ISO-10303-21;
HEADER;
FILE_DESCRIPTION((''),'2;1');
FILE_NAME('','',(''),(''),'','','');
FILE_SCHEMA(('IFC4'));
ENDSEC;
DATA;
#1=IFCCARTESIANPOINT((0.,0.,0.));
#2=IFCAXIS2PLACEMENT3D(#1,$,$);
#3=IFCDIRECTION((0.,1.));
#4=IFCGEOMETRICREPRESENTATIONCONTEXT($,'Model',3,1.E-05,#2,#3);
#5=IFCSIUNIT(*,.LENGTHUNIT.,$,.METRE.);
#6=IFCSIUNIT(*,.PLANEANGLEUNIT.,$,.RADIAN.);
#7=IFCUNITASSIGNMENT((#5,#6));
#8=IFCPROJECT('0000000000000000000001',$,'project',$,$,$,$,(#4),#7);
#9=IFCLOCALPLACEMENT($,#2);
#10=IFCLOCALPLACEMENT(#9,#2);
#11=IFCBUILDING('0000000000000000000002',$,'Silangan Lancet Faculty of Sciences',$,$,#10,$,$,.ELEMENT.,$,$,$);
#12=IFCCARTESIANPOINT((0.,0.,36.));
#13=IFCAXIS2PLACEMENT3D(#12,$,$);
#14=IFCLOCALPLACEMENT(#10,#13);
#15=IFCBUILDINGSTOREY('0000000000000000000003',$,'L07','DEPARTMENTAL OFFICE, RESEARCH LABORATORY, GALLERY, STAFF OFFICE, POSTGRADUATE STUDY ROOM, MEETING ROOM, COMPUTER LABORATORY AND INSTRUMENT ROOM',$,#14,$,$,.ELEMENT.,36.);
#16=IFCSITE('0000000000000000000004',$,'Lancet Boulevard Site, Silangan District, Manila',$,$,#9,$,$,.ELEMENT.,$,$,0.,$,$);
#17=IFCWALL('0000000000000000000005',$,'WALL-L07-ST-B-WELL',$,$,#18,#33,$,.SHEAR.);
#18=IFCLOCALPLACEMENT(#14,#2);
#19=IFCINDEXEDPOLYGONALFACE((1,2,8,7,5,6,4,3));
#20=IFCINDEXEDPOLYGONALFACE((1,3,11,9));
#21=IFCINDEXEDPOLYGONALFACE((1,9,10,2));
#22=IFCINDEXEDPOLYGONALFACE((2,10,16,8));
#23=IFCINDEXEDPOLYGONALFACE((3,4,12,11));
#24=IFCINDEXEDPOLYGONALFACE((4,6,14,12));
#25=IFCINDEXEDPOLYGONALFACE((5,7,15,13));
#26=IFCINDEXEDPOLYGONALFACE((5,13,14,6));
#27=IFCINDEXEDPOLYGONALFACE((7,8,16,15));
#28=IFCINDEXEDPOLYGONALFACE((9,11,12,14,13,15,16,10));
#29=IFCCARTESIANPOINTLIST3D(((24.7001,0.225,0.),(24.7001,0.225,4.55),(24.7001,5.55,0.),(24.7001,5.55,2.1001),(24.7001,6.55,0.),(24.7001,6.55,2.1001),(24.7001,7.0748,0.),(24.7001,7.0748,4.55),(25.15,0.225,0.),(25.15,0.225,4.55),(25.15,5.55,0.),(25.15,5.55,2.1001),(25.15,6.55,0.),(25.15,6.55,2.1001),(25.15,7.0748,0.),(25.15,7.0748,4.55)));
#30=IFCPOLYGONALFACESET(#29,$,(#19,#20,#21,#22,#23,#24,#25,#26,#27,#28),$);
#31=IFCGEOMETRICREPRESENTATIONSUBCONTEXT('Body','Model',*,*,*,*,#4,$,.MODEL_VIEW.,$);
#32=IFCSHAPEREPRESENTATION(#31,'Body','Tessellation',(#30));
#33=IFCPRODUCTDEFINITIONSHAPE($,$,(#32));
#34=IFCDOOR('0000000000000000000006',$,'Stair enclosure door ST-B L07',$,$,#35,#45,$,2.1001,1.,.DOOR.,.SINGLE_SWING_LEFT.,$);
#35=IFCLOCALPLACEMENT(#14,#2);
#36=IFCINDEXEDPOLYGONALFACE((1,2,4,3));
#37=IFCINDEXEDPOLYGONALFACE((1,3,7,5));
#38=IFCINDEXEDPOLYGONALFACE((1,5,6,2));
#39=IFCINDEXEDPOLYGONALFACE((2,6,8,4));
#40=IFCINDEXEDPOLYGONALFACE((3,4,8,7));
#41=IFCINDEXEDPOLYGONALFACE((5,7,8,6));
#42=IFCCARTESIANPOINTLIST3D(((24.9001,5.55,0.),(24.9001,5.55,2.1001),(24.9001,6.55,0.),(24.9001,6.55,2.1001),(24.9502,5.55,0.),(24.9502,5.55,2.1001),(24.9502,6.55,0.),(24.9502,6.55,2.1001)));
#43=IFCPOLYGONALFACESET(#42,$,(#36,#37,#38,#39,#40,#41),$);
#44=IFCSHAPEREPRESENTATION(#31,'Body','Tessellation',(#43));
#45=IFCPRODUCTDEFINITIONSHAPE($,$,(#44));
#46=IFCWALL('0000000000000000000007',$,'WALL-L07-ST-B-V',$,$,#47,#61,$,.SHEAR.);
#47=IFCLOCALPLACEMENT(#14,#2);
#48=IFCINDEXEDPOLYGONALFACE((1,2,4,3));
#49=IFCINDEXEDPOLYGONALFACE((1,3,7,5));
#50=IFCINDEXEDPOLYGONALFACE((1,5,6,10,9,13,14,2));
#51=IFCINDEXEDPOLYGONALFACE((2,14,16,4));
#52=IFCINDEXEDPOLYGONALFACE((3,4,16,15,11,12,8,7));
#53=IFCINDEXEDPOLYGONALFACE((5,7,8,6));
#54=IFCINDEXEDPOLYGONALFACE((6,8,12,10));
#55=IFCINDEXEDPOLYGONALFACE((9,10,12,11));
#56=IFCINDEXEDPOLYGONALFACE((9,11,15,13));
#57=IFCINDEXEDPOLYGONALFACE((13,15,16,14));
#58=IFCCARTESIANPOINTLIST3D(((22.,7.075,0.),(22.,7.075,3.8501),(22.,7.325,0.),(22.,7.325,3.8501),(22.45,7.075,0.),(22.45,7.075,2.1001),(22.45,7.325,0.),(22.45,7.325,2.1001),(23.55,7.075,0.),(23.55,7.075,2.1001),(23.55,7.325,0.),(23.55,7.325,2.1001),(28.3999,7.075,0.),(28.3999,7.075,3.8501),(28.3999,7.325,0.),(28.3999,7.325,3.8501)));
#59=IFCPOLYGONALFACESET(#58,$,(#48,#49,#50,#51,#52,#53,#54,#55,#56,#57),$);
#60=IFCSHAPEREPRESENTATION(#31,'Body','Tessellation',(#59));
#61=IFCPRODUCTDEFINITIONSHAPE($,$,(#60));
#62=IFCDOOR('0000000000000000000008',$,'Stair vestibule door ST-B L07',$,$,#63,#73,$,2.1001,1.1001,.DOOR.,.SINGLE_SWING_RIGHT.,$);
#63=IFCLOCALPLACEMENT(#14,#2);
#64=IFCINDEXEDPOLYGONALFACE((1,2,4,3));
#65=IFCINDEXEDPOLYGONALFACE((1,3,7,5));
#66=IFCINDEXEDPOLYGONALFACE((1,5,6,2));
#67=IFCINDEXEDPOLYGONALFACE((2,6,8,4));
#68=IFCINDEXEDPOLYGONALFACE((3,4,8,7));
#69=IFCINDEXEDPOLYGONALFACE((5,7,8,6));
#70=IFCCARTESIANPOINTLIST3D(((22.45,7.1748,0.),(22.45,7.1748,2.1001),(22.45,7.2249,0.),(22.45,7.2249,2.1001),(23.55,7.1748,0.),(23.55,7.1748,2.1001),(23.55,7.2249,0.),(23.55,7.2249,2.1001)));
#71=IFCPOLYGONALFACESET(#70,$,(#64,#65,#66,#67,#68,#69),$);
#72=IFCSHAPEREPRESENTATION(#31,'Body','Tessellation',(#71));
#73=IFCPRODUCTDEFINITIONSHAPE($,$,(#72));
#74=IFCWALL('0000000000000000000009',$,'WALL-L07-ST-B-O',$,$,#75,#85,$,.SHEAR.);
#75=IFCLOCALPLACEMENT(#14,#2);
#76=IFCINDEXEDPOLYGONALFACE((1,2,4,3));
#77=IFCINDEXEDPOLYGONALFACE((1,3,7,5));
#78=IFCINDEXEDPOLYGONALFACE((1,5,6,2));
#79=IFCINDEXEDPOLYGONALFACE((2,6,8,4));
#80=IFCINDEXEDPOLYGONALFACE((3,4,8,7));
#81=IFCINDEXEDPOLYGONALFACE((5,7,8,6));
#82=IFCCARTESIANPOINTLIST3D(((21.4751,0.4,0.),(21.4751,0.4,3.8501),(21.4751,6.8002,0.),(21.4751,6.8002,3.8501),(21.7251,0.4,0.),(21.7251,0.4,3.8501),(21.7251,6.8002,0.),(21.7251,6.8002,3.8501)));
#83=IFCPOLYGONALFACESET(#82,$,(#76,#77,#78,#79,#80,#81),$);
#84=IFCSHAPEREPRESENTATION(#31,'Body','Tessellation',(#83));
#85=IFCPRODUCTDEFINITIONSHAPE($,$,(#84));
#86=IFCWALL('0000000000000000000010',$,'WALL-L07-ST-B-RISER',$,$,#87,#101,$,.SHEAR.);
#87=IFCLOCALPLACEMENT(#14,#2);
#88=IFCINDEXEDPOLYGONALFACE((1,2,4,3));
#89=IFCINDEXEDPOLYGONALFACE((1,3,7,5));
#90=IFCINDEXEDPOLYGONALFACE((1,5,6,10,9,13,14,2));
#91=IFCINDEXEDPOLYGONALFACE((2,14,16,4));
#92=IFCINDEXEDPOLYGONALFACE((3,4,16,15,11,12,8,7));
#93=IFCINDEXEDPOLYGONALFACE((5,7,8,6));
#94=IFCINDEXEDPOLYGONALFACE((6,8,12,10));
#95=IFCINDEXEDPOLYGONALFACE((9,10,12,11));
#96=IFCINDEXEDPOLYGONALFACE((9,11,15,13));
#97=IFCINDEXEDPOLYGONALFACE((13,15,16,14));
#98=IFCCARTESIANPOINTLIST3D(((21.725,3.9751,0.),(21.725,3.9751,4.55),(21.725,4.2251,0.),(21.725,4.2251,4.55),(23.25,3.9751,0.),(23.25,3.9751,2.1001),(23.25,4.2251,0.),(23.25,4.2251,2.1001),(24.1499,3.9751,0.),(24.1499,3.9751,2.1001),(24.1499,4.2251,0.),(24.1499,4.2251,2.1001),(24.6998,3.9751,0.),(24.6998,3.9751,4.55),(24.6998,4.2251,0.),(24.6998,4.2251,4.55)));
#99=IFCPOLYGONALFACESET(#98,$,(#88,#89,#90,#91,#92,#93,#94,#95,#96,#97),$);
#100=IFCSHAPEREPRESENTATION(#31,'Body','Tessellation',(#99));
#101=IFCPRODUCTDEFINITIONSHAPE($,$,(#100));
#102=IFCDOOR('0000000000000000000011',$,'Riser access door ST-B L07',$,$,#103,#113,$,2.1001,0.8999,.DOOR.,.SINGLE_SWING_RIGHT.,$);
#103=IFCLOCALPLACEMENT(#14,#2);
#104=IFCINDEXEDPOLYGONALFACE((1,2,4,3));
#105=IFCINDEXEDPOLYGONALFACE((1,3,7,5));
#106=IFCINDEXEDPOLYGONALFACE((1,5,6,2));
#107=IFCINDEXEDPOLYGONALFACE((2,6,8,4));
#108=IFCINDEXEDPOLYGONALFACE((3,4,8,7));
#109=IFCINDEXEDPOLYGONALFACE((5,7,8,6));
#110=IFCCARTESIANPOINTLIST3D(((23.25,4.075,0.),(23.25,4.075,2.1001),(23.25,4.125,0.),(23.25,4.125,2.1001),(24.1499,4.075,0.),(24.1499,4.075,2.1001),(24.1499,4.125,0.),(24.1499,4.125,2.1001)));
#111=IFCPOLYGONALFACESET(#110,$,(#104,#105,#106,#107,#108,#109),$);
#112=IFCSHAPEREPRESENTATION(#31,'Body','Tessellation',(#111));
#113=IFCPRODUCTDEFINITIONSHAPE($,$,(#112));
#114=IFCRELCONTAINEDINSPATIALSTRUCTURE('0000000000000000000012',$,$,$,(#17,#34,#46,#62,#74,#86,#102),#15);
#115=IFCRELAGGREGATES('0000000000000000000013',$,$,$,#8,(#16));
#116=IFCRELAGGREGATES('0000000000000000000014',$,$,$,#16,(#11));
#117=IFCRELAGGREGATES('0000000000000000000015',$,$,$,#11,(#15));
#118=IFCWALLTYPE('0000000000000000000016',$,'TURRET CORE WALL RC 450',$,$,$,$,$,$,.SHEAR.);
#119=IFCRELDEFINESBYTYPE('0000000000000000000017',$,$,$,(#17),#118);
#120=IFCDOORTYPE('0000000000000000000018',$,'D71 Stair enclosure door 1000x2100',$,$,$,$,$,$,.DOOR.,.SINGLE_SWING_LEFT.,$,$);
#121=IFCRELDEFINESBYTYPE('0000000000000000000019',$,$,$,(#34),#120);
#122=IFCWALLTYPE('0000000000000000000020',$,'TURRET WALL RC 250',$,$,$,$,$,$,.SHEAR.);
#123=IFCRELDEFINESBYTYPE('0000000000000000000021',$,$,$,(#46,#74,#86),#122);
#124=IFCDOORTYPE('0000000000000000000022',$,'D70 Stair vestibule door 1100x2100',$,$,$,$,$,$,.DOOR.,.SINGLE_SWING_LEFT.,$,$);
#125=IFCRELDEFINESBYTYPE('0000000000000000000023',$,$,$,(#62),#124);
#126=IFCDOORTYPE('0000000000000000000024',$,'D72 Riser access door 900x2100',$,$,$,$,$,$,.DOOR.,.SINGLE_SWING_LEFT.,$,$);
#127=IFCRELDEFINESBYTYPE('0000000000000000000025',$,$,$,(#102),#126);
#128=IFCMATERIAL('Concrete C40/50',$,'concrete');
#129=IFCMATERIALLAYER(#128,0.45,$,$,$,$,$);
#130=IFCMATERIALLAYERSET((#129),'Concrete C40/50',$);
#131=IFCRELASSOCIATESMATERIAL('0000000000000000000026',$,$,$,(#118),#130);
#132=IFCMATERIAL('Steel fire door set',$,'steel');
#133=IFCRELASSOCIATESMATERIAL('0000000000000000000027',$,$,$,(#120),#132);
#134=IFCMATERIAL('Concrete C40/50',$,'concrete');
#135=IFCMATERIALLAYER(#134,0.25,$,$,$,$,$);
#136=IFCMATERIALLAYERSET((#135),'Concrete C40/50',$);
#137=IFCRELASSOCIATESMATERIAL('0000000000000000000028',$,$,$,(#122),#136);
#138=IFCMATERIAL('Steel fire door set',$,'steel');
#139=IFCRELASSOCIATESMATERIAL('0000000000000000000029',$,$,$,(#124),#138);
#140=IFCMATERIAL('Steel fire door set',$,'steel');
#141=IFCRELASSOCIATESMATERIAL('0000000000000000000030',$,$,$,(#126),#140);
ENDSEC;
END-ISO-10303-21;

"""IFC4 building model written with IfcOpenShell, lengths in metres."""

from ifc_helpers import new_model, si_unit, direction, frame, frame_2d, origin, place, context, subcontext, project, spatial, rectangle, extrude, material, layer, layer_set, type_object, element, fill, save


model = new_model("IFC4")

# Units and contexts
model_context = context("Model", 3, precision=1e-05, world=origin(), true_north=direction((0.0, 1.0)))
body_context = subcontext(model_context, "Body", "Model", "MODEL_VIEW")
ifc_project = project(units=[si_unit("LENGTHUNIT", "METRE"), si_unit("PLANEANGLEUNIT", "RADIAN")], contexts=[model_context])

# Site, building, storey
site_placement = place(None, origin())
site = spatial("IfcSite", under=ifc_project, at=site_placement, Name="Lancet Boulevard Site, Silangan District, Manila", CompositionType="ELEMENT", RefElevation=0.0)
building_placement = place(site_placement, origin())
building = spatial("IfcBuilding", under=site, at=building_placement, Name="Silangan Lancet Faculty of Sciences", CompositionType="ELEMENT")
storey_placement = place(building_placement, frame((0.0, 0.0, 36.0)))
storey = spatial("IfcBuildingStorey", under=building, at=storey_placement, Name="L07", Description="DEPARTMENTAL OFFICE, RESEARCH LABORATORY, GALLERY, STAFF OFFICE, POSTGRADUATE STUDY ROOM, MEETING ROOM, COMPUTER LABORATORY AND INSTRUMENT ROOM", CompositionType="ELEMENT", Elevation=36.0)

# Walls, openings, doors
ifc_material_1 = material(Name="Concrete C40/50", Category="concrete")
ifc_layer_1 = layer(ifc_material_1, 0.45)
ifc_layer_set_1 = layer_set([ifc_layer_1], Name="Concrete C40/50")
wall_type_1 = type_object("IfcWallType", Name="TURRET CORE WALL RC 450", PredefinedType="SHEAR", material=ifc_layer_set_1)
wall_1_placement = place(storey_placement, frame((24.925, 0.2251, 0.0), z_axis=(0.0, 0.0, 1.0), x_axis=(0.0, 1.0, 0.0)))
wall_1 = element("IfcWall", 1, at=wall_1_placement, inside=storey, type_object=wall_type_1, Name="WALL-L07-ST-B-WELL", PredefinedType="SHEAR", context=body_context, shape_type="SweptSolid", body=[
    extrude(rectangle(XDim=6.8499, YDim=0.45, at=frame_2d((3.4248, 0.0))), origin(), (0.0, 0.0, 1.0), 4.55),
])
opening_1_placement = place(wall_1_placement, frame((5.325, 0.0, 0.0)))
opening_1 = element("IfcOpeningElement", 2, at=opening_1_placement, cuts=wall_1, PredefinedType="OPENING", context=body_context, shape_type="SweptSolid", body=[
    extrude(rectangle(XDim=1.0, YDim=2.1001, at=frame_2d((0.5, 1.05))), frame((0.0, 0.2349, 0.0), z_axis=(0.0, -1.0, 0.0), x_axis=(1.0, 0.0, 0.0)), (0.0, 0.0, 1.0), 0.47),
])
ifc_material_2 = material(Name="Steel fire door set", Category="steel")
door_type_1 = type_object("IfcDoorType", Name="D71 Stair enclosure door 1000x2100", OperationType="SINGLE_SWING_LEFT", PredefinedType="DOOR", material=ifc_material_2)
door_1_placement = place(opening_1_placement, frame((1.0, 0.0, 0.0), z_axis=(0.0, 0.0, 1.0), x_axis=(-1.0, 0.0, 0.0)))
door_1 = element("IfcDoor", 3, at=door_1_placement, inside=storey, type_object=door_type_1, Name="Stair enclosure door ST-B L07", OperationType="SINGLE_SWING_LEFT", OverallHeight=2.1001, OverallWidth=1.0, PredefinedType="DOOR", context=body_context, shape_type="SweptSolid", body=[
    extrude(rectangle(XDim=1.0, YDim=2.1001, at=frame_2d((0.5, 1.05))), frame((0.0, 0.0251, 0.0), z_axis=(0.0, -1.0, 0.0), x_axis=(1.0, 0.0, 0.0)), (0.0, 0.0, 1.0), 0.05),
])
fill(opening_1, door_1)
ifc_material_3 = material(Name="Concrete C40/50", Category="concrete")
ifc_layer_2 = layer(ifc_material_3, 0.25)
ifc_layer_set_2 = layer_set([ifc_layer_2], Name="Concrete C40/50")
wall_type_2 = type_object("IfcWallType", Name="TURRET WALL RC 250", PredefinedType="SHEAR", material=ifc_layer_set_2)
wall_2_placement = place(storey_placement, frame((22.0, 7.2, 0.0), z_axis=(0.0, 0.0, 1.0), x_axis=(1.0, 0.0, 0.0)))
wall_2 = element("IfcWall", 4, at=wall_2_placement, inside=storey, type_object=wall_type_2, Name="WALL-L07-ST-B-V", PredefinedType="SHEAR", context=body_context, shape_type="SweptSolid", body=[
    extrude(rectangle(XDim=6.3999, YDim=0.25, at=frame_2d((3.2, 0.0))), origin(), (0.0, 0.0, 1.0), 3.8501),
])
opening_2_placement = place(wall_2_placement, frame((0.45, 0.0, 0.0)))
opening_2 = element("IfcOpeningElement", 5, at=opening_2_placement, cuts=wall_2, PredefinedType="OPENING", context=body_context, shape_type="SweptSolid", body=[
    extrude(rectangle(XDim=1.1001, YDim=2.1001, at=frame_2d((0.55, 1.05))), frame((0.0, 0.135, 0.0), z_axis=(0.0, -1.0, 0.0), x_axis=(1.0, 0.0, 0.0)), (0.0, 0.0, 1.0), 0.27),
])
ifc_material_4 = material(Name="Steel fire door set", Category="steel")
door_type_2 = type_object("IfcDoorType", Name="D70 Stair vestibule door 1100x2100", OperationType="SINGLE_SWING_LEFT", PredefinedType="DOOR", material=ifc_material_4)
door_2_placement = place(opening_2_placement, frame((1.1001, 0.0, 0.0), z_axis=(0.0, 0.0, 1.0), x_axis=(-1.0, 0.0, 0.0)))
door_2 = element("IfcDoor", 6, at=door_2_placement, inside=storey, type_object=door_type_2, Name="Stair vestibule door ST-B L07", OperationType="SINGLE_SWING_RIGHT", OverallHeight=2.1001, OverallWidth=1.1001, PredefinedType="DOOR", context=body_context, shape_type="SweptSolid", body=[
    extrude(rectangle(XDim=1.1001, YDim=2.1001, at=frame_2d((0.55, 1.05))), frame((0.0, 0.0251, 0.0), z_axis=(0.0, -1.0, 0.0), x_axis=(1.0, 0.0, 0.0)), (0.0, 0.0, 1.0), 0.05),
])
fill(opening_2, door_2)

# Wall
wall_3_placement = place(storey_placement, frame((21.6001, 0.3999, 0.0), z_axis=(0.0, 0.0, 1.0), x_axis=(0.0, 1.0, 0.0)))
element("IfcWall", 7, at=wall_3_placement, inside=storey, type_object=wall_type_2, Name="WALL-L07-ST-B-O", PredefinedType="SHEAR", context=body_context, shape_type="SweptSolid", body=[
    extrude(rectangle(XDim=6.4001, YDim=0.25, at=frame_2d((3.2002, 0.0))), origin(), (0.0, 0.0, 1.0), 3.8501),
])

# Wall, opening, door
wall_4_placement = place(storey_placement, frame((21.7251, 4.1001, 0.0), z_axis=(0.0, 0.0, 1.0), x_axis=(1.0, 0.0, 0.0)))
wall_4 = element("IfcWall", 8, at=wall_4_placement, inside=storey, type_object=wall_type_2, Name="WALL-L07-ST-B-RISER", PredefinedType="SHEAR", context=body_context, shape_type="SweptSolid", body=[
    extrude(rectangle(XDim=2.9749, YDim=0.25, at=frame_2d((1.4873, 0.0))), origin(), (0.0, 0.0, 1.0), 4.55),
])
opening_3_placement = place(wall_4_placement, frame((1.5249, 0.0, 0.0)))
opening_3 = element("IfcOpeningElement", 9, at=opening_3_placement, cuts=wall_4, PredefinedType="OPENING", context=body_context, shape_type="SweptSolid", body=[
    extrude(rectangle(XDim=0.8999, YDim=2.1001, at=frame_2d((0.45, 1.05))), frame((0.0, 0.135, 0.0), z_axis=(0.0, -1.0, 0.0), x_axis=(1.0, 0.0, 0.0)), (0.0, 0.0, 1.0), 0.27),
])
ifc_material_5 = material(Name="Steel fire door set", Category="steel")
door_type_3 = type_object("IfcDoorType", Name="D72 Riser access door 900x2100", OperationType="SINGLE_SWING_LEFT", PredefinedType="DOOR", material=ifc_material_5)
door_3_placement = place(opening_3_placement, frame((0.8999, 0.0, 0.0), z_axis=(0.0, 0.0, 1.0), x_axis=(-1.0, 0.0, 0.0)))
door_3 = element("IfcDoor", 10, at=door_3_placement, inside=storey, type_object=door_type_3, Name="Riser access door ST-B L07", OperationType="SINGLE_SWING_RIGHT", OverallHeight=2.1001, OverallWidth=0.8999, PredefinedType="DOOR", context=body_context, shape_type="SweptSolid", body=[
    extrude(rectangle(XDim=0.8999, YDim=2.1001, at=frame_2d((0.45, 1.05))), frame((0.0, 0.0251, 0.0), z_axis=(0.0, -1.0, 0.0), x_axis=(1.0, 0.0, 0.0)), (0.0, 0.0, 1.0), 0.05),
])
fill(opening_3, door_3)

save(model, "model.ifc")
